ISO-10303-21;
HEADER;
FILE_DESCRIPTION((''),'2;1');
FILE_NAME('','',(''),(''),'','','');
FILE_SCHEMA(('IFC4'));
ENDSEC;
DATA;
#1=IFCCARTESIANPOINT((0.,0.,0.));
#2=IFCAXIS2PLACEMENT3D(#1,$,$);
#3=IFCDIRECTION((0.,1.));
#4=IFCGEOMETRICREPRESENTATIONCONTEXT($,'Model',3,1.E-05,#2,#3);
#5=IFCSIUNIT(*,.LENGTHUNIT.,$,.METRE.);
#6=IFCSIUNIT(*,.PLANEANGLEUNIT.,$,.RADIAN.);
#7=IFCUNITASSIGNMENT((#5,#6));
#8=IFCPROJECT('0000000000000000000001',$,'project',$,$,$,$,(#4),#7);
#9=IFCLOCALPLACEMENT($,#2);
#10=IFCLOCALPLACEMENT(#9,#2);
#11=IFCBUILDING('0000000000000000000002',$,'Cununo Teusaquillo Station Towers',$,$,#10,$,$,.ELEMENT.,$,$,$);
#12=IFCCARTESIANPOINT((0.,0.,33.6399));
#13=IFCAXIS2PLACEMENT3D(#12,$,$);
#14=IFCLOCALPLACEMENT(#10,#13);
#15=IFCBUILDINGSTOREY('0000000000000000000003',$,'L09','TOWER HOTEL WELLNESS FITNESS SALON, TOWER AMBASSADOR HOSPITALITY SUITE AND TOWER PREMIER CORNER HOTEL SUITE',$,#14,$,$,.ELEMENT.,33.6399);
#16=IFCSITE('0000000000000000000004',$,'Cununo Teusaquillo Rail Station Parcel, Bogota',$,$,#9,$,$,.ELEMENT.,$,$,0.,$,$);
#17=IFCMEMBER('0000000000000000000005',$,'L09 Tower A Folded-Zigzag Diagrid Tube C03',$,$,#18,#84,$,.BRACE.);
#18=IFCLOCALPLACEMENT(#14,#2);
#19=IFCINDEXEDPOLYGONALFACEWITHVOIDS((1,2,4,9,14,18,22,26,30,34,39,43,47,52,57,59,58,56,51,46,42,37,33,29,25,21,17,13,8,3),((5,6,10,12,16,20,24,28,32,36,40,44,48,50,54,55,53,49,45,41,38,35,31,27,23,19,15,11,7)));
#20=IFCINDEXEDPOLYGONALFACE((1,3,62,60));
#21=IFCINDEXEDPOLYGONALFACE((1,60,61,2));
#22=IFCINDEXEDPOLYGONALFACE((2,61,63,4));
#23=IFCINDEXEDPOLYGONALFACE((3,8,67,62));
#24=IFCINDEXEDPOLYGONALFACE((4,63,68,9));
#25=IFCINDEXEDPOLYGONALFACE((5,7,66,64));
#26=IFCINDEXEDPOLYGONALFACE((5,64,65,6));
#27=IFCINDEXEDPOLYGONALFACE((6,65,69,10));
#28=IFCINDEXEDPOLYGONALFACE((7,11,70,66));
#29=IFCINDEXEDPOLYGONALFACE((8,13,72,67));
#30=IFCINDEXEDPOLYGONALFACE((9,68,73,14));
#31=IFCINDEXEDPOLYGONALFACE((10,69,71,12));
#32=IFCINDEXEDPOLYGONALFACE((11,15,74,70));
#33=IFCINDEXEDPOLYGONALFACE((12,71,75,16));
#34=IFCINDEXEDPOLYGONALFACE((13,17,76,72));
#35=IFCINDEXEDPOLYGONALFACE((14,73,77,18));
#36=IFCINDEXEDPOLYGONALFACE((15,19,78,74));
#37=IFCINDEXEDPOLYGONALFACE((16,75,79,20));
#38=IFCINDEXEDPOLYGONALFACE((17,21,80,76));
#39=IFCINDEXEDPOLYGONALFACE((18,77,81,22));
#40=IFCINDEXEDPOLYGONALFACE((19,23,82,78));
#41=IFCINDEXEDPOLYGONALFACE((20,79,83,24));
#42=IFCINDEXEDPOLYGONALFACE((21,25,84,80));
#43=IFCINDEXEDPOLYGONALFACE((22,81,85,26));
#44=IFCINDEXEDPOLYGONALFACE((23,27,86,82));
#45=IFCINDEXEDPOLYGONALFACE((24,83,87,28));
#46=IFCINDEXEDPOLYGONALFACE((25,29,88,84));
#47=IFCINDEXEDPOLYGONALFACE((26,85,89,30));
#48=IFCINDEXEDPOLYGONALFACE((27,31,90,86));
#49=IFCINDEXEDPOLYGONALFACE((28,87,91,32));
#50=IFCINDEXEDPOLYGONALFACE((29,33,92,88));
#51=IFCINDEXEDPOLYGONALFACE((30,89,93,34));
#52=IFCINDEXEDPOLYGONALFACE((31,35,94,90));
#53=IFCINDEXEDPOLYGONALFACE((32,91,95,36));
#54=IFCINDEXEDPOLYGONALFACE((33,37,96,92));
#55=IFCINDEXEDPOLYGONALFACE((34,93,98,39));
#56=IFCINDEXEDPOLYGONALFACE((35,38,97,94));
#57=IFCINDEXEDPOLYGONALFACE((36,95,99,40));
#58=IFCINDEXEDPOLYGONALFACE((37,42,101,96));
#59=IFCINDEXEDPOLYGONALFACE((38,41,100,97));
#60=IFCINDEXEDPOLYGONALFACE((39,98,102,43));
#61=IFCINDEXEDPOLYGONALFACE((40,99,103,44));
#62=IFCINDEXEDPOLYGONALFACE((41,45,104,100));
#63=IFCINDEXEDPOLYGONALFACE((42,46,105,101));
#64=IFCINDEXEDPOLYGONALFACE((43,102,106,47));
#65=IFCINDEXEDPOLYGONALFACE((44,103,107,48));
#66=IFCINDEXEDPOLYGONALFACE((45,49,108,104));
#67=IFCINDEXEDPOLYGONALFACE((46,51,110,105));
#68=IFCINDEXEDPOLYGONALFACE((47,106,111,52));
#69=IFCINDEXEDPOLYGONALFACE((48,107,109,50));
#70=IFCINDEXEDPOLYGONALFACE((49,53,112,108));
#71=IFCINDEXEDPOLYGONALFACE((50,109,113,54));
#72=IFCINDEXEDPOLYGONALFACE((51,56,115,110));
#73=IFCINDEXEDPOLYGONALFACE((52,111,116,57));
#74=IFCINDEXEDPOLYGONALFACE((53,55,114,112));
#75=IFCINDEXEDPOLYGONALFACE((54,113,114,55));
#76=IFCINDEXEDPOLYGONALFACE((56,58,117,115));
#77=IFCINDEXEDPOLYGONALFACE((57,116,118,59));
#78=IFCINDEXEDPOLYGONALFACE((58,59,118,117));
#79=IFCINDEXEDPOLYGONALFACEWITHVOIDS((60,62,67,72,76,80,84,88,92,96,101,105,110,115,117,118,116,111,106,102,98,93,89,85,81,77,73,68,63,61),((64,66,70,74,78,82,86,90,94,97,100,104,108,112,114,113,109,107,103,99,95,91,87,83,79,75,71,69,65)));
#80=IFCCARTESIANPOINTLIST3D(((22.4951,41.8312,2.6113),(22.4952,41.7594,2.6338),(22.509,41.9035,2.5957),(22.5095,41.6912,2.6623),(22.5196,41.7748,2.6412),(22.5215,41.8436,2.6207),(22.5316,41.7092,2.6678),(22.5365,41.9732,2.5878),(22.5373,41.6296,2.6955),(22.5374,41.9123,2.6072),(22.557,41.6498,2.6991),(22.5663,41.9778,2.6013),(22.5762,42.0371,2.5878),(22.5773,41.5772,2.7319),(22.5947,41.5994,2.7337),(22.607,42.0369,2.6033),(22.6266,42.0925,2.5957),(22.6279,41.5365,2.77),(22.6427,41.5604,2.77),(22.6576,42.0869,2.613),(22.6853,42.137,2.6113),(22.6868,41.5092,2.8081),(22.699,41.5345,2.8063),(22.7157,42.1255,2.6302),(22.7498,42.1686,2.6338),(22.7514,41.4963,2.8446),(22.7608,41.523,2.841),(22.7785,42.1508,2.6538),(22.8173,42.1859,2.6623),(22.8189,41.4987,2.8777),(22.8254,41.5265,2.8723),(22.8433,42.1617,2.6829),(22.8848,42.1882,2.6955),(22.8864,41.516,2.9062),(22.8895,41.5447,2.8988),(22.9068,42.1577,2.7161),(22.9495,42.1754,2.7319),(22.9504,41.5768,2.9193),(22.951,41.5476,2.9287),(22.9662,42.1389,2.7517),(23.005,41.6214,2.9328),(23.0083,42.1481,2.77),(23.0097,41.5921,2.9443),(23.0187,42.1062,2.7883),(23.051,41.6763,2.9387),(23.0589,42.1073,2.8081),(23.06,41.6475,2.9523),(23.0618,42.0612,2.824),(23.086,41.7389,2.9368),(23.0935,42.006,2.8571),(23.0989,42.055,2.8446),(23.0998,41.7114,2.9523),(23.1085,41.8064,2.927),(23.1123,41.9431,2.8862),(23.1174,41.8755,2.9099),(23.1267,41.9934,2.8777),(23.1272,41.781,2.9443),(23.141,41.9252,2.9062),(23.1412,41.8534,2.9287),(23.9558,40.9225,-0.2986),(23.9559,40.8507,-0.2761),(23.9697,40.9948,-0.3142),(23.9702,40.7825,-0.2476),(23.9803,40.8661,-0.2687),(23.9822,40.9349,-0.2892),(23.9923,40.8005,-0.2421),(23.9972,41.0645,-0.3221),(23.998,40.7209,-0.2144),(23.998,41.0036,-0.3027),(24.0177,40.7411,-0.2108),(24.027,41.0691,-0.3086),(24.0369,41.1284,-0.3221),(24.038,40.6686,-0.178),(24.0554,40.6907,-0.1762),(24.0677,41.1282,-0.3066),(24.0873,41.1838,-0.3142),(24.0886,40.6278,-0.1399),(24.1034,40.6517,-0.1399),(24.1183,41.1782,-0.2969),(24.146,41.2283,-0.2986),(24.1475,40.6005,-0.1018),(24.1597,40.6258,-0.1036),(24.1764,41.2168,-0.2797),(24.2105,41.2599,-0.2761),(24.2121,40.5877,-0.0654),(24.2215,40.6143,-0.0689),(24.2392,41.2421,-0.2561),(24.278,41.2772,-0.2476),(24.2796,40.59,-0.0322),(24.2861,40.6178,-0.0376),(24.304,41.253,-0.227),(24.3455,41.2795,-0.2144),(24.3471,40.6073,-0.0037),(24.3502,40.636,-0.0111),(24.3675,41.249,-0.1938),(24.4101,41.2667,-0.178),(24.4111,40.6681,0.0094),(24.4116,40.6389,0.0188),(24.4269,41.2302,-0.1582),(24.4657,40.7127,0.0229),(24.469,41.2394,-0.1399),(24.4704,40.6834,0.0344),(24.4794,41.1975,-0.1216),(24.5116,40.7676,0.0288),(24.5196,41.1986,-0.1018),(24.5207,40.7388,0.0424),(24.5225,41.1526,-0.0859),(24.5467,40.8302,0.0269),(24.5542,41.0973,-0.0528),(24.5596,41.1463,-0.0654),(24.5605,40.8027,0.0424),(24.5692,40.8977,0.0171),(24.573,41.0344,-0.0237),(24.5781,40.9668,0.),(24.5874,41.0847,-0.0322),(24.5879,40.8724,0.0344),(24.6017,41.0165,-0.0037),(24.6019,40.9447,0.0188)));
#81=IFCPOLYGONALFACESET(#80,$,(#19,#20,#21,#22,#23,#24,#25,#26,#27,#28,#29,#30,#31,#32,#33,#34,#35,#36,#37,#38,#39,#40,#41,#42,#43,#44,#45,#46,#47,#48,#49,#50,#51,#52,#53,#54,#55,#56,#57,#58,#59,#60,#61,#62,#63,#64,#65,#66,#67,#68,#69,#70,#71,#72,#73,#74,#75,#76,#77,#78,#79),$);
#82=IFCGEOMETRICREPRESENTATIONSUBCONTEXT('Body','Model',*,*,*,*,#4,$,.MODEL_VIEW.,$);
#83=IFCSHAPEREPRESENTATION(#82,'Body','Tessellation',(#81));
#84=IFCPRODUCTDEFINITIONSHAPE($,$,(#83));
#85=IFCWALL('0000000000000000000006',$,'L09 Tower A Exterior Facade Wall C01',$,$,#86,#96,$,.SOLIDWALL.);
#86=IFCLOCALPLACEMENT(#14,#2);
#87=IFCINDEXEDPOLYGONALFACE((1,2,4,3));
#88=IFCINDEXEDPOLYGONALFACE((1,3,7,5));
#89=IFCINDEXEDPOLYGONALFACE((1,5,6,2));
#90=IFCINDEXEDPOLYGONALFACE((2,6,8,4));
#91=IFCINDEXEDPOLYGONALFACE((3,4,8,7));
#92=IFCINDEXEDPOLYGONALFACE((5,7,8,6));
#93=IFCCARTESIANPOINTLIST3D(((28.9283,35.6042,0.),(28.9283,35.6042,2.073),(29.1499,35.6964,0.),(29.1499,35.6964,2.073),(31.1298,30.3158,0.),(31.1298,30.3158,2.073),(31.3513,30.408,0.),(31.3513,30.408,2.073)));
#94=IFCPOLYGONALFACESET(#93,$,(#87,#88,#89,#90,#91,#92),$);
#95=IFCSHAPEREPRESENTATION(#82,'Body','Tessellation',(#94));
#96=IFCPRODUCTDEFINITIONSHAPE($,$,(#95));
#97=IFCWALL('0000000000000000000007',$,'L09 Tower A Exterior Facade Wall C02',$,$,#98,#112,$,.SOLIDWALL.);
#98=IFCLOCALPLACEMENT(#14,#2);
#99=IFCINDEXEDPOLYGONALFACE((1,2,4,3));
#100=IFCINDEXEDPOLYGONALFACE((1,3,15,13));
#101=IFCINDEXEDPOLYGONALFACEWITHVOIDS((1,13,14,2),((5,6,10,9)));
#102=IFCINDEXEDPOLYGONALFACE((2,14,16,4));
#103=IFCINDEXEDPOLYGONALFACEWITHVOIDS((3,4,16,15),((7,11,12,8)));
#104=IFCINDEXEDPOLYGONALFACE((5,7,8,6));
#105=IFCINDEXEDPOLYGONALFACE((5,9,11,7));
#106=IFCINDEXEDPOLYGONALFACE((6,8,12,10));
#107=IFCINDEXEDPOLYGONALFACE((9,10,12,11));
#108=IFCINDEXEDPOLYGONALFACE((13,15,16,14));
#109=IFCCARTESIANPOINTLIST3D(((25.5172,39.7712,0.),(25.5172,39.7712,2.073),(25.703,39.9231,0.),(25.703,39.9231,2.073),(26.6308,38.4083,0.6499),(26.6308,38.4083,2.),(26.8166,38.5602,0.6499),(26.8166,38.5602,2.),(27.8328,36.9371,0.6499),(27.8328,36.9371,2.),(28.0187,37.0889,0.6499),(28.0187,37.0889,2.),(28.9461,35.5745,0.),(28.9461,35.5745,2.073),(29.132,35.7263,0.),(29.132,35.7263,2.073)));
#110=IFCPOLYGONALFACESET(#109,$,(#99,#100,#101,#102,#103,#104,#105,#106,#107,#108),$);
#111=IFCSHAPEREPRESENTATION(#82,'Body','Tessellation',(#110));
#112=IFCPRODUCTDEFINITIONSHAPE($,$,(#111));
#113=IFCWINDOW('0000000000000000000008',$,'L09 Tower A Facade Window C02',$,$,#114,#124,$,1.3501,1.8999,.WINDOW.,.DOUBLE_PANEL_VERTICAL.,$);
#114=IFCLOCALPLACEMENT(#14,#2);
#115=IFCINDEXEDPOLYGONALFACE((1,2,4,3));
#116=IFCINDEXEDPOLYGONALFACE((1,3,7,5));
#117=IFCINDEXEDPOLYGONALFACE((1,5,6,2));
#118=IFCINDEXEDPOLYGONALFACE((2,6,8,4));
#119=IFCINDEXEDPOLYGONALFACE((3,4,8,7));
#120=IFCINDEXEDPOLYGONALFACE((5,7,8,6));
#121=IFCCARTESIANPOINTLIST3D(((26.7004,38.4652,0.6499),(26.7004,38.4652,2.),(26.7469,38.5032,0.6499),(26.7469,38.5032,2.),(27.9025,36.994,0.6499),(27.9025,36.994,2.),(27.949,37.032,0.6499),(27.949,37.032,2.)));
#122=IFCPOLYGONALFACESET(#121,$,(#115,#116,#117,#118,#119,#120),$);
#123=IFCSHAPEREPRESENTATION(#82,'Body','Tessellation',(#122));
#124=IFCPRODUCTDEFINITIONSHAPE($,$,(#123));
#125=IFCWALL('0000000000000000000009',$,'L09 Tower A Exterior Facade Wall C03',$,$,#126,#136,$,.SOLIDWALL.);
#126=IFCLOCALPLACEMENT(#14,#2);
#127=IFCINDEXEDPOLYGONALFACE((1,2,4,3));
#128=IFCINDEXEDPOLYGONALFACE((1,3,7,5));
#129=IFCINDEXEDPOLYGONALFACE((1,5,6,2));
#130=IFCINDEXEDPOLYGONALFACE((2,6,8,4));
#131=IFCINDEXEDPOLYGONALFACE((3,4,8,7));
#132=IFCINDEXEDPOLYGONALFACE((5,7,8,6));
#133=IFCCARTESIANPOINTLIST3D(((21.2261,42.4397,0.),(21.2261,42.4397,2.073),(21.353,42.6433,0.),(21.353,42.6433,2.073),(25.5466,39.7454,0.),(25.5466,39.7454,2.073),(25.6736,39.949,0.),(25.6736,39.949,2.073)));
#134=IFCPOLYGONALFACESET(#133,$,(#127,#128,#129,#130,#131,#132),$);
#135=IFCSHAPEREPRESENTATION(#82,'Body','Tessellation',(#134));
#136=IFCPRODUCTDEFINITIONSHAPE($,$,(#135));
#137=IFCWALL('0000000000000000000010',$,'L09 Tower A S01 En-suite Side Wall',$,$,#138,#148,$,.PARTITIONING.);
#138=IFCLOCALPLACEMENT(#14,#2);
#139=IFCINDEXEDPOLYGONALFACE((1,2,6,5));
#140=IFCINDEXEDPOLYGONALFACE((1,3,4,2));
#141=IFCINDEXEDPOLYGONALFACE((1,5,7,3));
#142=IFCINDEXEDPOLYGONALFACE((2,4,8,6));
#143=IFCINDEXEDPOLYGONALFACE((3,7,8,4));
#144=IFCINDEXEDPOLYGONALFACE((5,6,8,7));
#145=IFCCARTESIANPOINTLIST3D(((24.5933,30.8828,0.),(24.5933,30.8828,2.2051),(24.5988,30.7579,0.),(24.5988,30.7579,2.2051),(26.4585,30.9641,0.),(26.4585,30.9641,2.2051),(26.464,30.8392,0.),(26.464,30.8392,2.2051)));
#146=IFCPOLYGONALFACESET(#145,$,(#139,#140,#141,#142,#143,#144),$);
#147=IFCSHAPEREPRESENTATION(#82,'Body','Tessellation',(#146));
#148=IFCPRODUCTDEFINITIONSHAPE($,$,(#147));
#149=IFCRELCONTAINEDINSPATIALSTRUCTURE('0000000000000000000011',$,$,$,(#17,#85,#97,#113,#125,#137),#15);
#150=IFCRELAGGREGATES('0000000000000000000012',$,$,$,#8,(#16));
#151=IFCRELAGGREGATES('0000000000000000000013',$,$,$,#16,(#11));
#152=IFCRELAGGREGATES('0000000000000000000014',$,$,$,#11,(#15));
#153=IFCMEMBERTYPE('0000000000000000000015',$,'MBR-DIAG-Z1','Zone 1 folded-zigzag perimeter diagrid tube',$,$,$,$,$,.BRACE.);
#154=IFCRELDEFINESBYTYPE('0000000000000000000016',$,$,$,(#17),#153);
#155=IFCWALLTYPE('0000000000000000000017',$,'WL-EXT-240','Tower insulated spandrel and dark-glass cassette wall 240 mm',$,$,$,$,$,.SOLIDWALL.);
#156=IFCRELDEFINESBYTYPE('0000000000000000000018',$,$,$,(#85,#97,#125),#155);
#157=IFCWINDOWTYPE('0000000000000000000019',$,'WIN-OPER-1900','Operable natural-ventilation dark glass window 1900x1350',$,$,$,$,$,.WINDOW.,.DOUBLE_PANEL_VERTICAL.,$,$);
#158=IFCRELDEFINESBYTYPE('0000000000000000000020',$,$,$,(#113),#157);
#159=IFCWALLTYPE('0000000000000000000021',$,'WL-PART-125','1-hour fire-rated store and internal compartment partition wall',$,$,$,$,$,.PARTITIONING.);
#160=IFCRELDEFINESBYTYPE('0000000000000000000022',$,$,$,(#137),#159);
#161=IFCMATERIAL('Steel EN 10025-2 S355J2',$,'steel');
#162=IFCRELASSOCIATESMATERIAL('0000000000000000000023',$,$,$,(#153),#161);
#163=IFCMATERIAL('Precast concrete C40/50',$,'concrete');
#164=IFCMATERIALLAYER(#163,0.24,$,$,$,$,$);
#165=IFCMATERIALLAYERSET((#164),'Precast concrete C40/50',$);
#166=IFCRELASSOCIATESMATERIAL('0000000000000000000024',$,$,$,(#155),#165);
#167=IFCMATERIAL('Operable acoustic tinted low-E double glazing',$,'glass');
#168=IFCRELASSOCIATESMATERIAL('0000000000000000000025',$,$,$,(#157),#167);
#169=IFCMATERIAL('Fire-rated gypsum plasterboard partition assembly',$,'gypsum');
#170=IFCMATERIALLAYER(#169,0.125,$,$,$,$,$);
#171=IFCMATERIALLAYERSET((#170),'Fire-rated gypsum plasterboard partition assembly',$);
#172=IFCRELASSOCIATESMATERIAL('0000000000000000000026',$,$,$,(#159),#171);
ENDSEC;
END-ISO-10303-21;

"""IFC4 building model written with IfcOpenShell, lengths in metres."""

from ifc_helpers import new_model, si_unit, direction, frame, frame_2d, origin, origin_2d, place, context, subcontext, project, spatial, rectangle, hollow_circle, extrude, source, transform, mapped, material, layer, layer_set, material_profile, profile_set, type_object, element, fill, save


model = new_model("IFC4")

# Units and contexts
model_context = context("Model", 3, precision=1e-05, world=origin(), true_north=direction((0.0, 1.0)))
body_context = subcontext(model_context, "Body", "Model", "MODEL_VIEW")
ifc_project = project(units=[si_unit("LENGTHUNIT", "METRE"), si_unit("PLANEANGLEUNIT", "RADIAN")], contexts=[model_context])

# Site, building, storey
site_placement = place(None, origin())
site = spatial("IfcSite", under=ifc_project, at=site_placement, Name="Cununo Teusaquillo Rail Station Parcel, Bogota", CompositionType="ELEMENT", RefElevation=0.0)
building_placement = place(site_placement, origin())
building = spatial("IfcBuilding", under=site, at=building_placement, Name="Cununo Teusaquillo Station Towers", CompositionType="ELEMENT")
storey_placement = place(building_placement, frame((0.0, 0.0, 33.6399)))
storey = spatial("IfcBuildingStorey", under=building, at=storey_placement, Name="L09", Description="TOWER HOTEL WELLNESS FITNESS SALON, TOWER AMBASSADOR HOSPITALITY SUITE AND TOWER PREMIER CORNER HOTEL SUITE", CompositionType="ELEMENT", Elevation=33.6399)

# Member
ifc_material_1 = material(Name="Steel EN 10025-2 S355J2", Category="steel")
ifc_material_profile_1 = material_profile(ifc_material_1, hollow_circle(Radius=0.3601, WallThickness=0.0281, at=origin_2d()), Name="CHS 720x28")
ifc_profile_set_1 = profile_set([ifc_material_profile_1], Name="Steel EN 10025-2 S355J2")
member_type = type_object("IfcMemberType", Name="MBR-DIAG-Z1", Description="Zone 1 folded-zigzag perimeter diagrid tube", PredefinedType="BRACE", material=ifc_profile_set_1)
member_1_placement = place(storey_placement, frame((24.2788, 40.9336, -0.1399), z_axis=(-0.43211, 0.268814, 0.860825), x_axis=(-0.528225, -0.849105, 0.0)))
element("IfcMember", 1, at=member_1_placement, inside=storey, type_object=member_type, Name="L09 Tower A Folded-Zigzag Diagrid Tube C03", PredefinedType="BRACE", context=body_context, shape_type="SweptSolid", body=[
    extrude(hollow_circle(Radius=0.3601, WallThickness=0.0281, at=origin_2d()), origin(), (0.0, 0.0, 1.0), 3.3804),
])

# Wall
ifc_material_2 = material(Name="Precast concrete C40/50", Category="concrete")
ifc_layer_1 = layer(ifc_material_2, 0.24)
ifc_layer_set_1 = layer_set([ifc_layer_1], Name="Precast concrete C40/50")
wall_type_1 = type_object("IfcWallType", Name="WL-EXT-240", Description="Tower insulated spandrel and dark-glass cassette wall 240 mm", PredefinedType="SOLIDWALL", material=ifc_layer_set_1)
wall_1_placement = place(storey_placement, frame((29.0391, 35.6504, 0.0), z_axis=(0.0, 0.0, 1.0), x_axis=(0.38431, -0.923204, 0.0)))
element("IfcWall", 2, at=wall_1_placement, inside=storey, type_object=wall_type_1, Name="L09 Tower A Exterior Facade Wall C01", PredefinedType="SOLIDWALL", context=body_context, shape_type="SweptSolid", body=[
    extrude(rectangle(XDim=5.7283, YDim=0.24, at=frame_2d((2.8643, 0.0))), origin(), (0.0, 0.0, 1.0), 2.073),
])

# Wall, opening, window
wall_2_placement = place(storey_placement, frame((25.6101, 39.8472, 0.0), z_axis=(0.0, 0.0, 1.0), x_axis=(0.63271, -0.774389, 0.0)))
wall_2 = element("IfcWall", 3, at=wall_2_placement, inside=storey, type_object=wall_type_1, Name="L09 Tower A Exterior Facade Wall C02", PredefinedType="SOLIDWALL", context=body_context, shape_type="SweptSolid", body=[
    extrude(rectangle(XDim=5.4194, YDim=0.24, at=frame_2d((2.7097, 0.0))), origin(), (0.0, 0.0, 1.0), 2.073),
])
shared_shape_1 = source(origin(), body_context, "Body", "SweptSolid", [
    extrude(rectangle(XDim=1.8999, YDim=1.3501, at=frame_2d((0.95, 0.675))), frame((0.0, 0.1299, 0.0), z_axis=(0.0, -1.0, 0.0), x_axis=(1.0, 0.0, 0.0)), (0.0, 0.0, 1.0), 0.26),
])
opening_1_placement = place(wall_2_placement, frame((1.76, 0.0, 0.6499)))
opening_1 = element("IfcOpeningElement", 4, at=opening_1_placement, cuts=wall_2, PredefinedType="OPENING", context=body_context, shape_type="MappedRepresentation", body=[
    mapped(shared_shape_1, transform((0.0, 0.0, 0.0), x_axis=(1.0, 0.0, 0.0), y_axis=(0.0, 1.0, 0.0), z_axis=(0.0, 0.0, 1.0), scale=1.0)),
])
ifc_material_3 = material(Name="Operable acoustic tinted low-E double glazing", Category="glass")
window_type = type_object("IfcWindowType", Name="WIN-OPER-1900", Description="Operable natural-ventilation dark glass window 1900x1350", PartitioningType="DOUBLE_PANEL_VERTICAL", PredefinedType="WINDOW", material=ifc_material_3)
shared_shape_2 = source(origin(), body_context, "Body", "SweptSolid", [
    extrude(rectangle(XDim=1.8999, YDim=1.3501, at=frame_2d((0.95, 0.675))), frame((0.0, 0.03, 0.0), z_axis=(0.0, -1.0, 0.0), x_axis=(1.0, 0.0, 0.0)), (0.0, 0.0, 1.0), 0.0601),
])
window_placement = place(opening_1_placement, origin())
window = element("IfcWindow", 5, at=window_placement, inside=storey, type_object=window_type, Name="L09 Tower A Facade Window C02", OverallHeight=1.3501, OverallWidth=1.8999, PartitioningType="DOUBLE_PANEL_VERTICAL", PredefinedType="WINDOW", context=body_context, shape_type="MappedRepresentation", body=[
    mapped(shared_shape_2, transform((0.0, 0.0, 0.0), x_axis=(1.0, 0.0, 0.0), y_axis=(0.0, 1.0, 0.0), z_axis=(0.0, 0.0, 1.0), scale=1.0)),
])
fill(opening_1, window)

# Walls
wall_3_placement = place(storey_placement, frame((21.2896, 42.5415, 0.0), z_axis=(0.0, 0.0, 1.0), x_axis=(0.848529, -0.52915, 0.0)))
element("IfcWall", 6, at=wall_3_placement, inside=storey, type_object=wall_type_1, Name="L09 Tower A Exterior Facade Wall C03", PredefinedType="SOLIDWALL", context=body_context, shape_type="SweptSolid", body=[
    extrude(rectangle(XDim=5.0918, YDim=0.24, at=frame_2d((2.5459, 0.0))), origin(), (0.0, 0.0, 1.0), 2.073),
])
ifc_material_4 = material(Name="Fire-rated gypsum plasterboard partition assembly", Category="gypsum")
ifc_layer_2 = layer(ifc_material_4, 0.125)
ifc_layer_set_2 = layer_set([ifc_layer_2], Name="Fire-rated gypsum plasterboard partition assembly")
wall_type_2 = type_object("IfcWallType", Name="WL-PART-125", Description="1-hour fire-rated store and internal compartment partition wall", PredefinedType="PARTITIONING", material=ifc_layer_set_2)
wall_4_placement = place(storey_placement, frame((24.5959, 30.8203, 0.0), z_axis=(0.0, 0.0, 1.0), x_axis=(0.999051, 0.043545, 0.0)))
element("IfcWall", 7, at=wall_4_placement, inside=storey, type_object=wall_type_2, Name="L09 Tower A S01 En-suite Side Wall", PredefinedType="PARTITIONING", context=body_context, shape_type="SweptSolid", body=[
    extrude(rectangle(XDim=1.8669, YDim=0.125, at=frame_2d((0.9336, 0.0))), origin(), (0.0, 0.0, 1.0), 2.2051),
])

save(model, "model.ifc")
